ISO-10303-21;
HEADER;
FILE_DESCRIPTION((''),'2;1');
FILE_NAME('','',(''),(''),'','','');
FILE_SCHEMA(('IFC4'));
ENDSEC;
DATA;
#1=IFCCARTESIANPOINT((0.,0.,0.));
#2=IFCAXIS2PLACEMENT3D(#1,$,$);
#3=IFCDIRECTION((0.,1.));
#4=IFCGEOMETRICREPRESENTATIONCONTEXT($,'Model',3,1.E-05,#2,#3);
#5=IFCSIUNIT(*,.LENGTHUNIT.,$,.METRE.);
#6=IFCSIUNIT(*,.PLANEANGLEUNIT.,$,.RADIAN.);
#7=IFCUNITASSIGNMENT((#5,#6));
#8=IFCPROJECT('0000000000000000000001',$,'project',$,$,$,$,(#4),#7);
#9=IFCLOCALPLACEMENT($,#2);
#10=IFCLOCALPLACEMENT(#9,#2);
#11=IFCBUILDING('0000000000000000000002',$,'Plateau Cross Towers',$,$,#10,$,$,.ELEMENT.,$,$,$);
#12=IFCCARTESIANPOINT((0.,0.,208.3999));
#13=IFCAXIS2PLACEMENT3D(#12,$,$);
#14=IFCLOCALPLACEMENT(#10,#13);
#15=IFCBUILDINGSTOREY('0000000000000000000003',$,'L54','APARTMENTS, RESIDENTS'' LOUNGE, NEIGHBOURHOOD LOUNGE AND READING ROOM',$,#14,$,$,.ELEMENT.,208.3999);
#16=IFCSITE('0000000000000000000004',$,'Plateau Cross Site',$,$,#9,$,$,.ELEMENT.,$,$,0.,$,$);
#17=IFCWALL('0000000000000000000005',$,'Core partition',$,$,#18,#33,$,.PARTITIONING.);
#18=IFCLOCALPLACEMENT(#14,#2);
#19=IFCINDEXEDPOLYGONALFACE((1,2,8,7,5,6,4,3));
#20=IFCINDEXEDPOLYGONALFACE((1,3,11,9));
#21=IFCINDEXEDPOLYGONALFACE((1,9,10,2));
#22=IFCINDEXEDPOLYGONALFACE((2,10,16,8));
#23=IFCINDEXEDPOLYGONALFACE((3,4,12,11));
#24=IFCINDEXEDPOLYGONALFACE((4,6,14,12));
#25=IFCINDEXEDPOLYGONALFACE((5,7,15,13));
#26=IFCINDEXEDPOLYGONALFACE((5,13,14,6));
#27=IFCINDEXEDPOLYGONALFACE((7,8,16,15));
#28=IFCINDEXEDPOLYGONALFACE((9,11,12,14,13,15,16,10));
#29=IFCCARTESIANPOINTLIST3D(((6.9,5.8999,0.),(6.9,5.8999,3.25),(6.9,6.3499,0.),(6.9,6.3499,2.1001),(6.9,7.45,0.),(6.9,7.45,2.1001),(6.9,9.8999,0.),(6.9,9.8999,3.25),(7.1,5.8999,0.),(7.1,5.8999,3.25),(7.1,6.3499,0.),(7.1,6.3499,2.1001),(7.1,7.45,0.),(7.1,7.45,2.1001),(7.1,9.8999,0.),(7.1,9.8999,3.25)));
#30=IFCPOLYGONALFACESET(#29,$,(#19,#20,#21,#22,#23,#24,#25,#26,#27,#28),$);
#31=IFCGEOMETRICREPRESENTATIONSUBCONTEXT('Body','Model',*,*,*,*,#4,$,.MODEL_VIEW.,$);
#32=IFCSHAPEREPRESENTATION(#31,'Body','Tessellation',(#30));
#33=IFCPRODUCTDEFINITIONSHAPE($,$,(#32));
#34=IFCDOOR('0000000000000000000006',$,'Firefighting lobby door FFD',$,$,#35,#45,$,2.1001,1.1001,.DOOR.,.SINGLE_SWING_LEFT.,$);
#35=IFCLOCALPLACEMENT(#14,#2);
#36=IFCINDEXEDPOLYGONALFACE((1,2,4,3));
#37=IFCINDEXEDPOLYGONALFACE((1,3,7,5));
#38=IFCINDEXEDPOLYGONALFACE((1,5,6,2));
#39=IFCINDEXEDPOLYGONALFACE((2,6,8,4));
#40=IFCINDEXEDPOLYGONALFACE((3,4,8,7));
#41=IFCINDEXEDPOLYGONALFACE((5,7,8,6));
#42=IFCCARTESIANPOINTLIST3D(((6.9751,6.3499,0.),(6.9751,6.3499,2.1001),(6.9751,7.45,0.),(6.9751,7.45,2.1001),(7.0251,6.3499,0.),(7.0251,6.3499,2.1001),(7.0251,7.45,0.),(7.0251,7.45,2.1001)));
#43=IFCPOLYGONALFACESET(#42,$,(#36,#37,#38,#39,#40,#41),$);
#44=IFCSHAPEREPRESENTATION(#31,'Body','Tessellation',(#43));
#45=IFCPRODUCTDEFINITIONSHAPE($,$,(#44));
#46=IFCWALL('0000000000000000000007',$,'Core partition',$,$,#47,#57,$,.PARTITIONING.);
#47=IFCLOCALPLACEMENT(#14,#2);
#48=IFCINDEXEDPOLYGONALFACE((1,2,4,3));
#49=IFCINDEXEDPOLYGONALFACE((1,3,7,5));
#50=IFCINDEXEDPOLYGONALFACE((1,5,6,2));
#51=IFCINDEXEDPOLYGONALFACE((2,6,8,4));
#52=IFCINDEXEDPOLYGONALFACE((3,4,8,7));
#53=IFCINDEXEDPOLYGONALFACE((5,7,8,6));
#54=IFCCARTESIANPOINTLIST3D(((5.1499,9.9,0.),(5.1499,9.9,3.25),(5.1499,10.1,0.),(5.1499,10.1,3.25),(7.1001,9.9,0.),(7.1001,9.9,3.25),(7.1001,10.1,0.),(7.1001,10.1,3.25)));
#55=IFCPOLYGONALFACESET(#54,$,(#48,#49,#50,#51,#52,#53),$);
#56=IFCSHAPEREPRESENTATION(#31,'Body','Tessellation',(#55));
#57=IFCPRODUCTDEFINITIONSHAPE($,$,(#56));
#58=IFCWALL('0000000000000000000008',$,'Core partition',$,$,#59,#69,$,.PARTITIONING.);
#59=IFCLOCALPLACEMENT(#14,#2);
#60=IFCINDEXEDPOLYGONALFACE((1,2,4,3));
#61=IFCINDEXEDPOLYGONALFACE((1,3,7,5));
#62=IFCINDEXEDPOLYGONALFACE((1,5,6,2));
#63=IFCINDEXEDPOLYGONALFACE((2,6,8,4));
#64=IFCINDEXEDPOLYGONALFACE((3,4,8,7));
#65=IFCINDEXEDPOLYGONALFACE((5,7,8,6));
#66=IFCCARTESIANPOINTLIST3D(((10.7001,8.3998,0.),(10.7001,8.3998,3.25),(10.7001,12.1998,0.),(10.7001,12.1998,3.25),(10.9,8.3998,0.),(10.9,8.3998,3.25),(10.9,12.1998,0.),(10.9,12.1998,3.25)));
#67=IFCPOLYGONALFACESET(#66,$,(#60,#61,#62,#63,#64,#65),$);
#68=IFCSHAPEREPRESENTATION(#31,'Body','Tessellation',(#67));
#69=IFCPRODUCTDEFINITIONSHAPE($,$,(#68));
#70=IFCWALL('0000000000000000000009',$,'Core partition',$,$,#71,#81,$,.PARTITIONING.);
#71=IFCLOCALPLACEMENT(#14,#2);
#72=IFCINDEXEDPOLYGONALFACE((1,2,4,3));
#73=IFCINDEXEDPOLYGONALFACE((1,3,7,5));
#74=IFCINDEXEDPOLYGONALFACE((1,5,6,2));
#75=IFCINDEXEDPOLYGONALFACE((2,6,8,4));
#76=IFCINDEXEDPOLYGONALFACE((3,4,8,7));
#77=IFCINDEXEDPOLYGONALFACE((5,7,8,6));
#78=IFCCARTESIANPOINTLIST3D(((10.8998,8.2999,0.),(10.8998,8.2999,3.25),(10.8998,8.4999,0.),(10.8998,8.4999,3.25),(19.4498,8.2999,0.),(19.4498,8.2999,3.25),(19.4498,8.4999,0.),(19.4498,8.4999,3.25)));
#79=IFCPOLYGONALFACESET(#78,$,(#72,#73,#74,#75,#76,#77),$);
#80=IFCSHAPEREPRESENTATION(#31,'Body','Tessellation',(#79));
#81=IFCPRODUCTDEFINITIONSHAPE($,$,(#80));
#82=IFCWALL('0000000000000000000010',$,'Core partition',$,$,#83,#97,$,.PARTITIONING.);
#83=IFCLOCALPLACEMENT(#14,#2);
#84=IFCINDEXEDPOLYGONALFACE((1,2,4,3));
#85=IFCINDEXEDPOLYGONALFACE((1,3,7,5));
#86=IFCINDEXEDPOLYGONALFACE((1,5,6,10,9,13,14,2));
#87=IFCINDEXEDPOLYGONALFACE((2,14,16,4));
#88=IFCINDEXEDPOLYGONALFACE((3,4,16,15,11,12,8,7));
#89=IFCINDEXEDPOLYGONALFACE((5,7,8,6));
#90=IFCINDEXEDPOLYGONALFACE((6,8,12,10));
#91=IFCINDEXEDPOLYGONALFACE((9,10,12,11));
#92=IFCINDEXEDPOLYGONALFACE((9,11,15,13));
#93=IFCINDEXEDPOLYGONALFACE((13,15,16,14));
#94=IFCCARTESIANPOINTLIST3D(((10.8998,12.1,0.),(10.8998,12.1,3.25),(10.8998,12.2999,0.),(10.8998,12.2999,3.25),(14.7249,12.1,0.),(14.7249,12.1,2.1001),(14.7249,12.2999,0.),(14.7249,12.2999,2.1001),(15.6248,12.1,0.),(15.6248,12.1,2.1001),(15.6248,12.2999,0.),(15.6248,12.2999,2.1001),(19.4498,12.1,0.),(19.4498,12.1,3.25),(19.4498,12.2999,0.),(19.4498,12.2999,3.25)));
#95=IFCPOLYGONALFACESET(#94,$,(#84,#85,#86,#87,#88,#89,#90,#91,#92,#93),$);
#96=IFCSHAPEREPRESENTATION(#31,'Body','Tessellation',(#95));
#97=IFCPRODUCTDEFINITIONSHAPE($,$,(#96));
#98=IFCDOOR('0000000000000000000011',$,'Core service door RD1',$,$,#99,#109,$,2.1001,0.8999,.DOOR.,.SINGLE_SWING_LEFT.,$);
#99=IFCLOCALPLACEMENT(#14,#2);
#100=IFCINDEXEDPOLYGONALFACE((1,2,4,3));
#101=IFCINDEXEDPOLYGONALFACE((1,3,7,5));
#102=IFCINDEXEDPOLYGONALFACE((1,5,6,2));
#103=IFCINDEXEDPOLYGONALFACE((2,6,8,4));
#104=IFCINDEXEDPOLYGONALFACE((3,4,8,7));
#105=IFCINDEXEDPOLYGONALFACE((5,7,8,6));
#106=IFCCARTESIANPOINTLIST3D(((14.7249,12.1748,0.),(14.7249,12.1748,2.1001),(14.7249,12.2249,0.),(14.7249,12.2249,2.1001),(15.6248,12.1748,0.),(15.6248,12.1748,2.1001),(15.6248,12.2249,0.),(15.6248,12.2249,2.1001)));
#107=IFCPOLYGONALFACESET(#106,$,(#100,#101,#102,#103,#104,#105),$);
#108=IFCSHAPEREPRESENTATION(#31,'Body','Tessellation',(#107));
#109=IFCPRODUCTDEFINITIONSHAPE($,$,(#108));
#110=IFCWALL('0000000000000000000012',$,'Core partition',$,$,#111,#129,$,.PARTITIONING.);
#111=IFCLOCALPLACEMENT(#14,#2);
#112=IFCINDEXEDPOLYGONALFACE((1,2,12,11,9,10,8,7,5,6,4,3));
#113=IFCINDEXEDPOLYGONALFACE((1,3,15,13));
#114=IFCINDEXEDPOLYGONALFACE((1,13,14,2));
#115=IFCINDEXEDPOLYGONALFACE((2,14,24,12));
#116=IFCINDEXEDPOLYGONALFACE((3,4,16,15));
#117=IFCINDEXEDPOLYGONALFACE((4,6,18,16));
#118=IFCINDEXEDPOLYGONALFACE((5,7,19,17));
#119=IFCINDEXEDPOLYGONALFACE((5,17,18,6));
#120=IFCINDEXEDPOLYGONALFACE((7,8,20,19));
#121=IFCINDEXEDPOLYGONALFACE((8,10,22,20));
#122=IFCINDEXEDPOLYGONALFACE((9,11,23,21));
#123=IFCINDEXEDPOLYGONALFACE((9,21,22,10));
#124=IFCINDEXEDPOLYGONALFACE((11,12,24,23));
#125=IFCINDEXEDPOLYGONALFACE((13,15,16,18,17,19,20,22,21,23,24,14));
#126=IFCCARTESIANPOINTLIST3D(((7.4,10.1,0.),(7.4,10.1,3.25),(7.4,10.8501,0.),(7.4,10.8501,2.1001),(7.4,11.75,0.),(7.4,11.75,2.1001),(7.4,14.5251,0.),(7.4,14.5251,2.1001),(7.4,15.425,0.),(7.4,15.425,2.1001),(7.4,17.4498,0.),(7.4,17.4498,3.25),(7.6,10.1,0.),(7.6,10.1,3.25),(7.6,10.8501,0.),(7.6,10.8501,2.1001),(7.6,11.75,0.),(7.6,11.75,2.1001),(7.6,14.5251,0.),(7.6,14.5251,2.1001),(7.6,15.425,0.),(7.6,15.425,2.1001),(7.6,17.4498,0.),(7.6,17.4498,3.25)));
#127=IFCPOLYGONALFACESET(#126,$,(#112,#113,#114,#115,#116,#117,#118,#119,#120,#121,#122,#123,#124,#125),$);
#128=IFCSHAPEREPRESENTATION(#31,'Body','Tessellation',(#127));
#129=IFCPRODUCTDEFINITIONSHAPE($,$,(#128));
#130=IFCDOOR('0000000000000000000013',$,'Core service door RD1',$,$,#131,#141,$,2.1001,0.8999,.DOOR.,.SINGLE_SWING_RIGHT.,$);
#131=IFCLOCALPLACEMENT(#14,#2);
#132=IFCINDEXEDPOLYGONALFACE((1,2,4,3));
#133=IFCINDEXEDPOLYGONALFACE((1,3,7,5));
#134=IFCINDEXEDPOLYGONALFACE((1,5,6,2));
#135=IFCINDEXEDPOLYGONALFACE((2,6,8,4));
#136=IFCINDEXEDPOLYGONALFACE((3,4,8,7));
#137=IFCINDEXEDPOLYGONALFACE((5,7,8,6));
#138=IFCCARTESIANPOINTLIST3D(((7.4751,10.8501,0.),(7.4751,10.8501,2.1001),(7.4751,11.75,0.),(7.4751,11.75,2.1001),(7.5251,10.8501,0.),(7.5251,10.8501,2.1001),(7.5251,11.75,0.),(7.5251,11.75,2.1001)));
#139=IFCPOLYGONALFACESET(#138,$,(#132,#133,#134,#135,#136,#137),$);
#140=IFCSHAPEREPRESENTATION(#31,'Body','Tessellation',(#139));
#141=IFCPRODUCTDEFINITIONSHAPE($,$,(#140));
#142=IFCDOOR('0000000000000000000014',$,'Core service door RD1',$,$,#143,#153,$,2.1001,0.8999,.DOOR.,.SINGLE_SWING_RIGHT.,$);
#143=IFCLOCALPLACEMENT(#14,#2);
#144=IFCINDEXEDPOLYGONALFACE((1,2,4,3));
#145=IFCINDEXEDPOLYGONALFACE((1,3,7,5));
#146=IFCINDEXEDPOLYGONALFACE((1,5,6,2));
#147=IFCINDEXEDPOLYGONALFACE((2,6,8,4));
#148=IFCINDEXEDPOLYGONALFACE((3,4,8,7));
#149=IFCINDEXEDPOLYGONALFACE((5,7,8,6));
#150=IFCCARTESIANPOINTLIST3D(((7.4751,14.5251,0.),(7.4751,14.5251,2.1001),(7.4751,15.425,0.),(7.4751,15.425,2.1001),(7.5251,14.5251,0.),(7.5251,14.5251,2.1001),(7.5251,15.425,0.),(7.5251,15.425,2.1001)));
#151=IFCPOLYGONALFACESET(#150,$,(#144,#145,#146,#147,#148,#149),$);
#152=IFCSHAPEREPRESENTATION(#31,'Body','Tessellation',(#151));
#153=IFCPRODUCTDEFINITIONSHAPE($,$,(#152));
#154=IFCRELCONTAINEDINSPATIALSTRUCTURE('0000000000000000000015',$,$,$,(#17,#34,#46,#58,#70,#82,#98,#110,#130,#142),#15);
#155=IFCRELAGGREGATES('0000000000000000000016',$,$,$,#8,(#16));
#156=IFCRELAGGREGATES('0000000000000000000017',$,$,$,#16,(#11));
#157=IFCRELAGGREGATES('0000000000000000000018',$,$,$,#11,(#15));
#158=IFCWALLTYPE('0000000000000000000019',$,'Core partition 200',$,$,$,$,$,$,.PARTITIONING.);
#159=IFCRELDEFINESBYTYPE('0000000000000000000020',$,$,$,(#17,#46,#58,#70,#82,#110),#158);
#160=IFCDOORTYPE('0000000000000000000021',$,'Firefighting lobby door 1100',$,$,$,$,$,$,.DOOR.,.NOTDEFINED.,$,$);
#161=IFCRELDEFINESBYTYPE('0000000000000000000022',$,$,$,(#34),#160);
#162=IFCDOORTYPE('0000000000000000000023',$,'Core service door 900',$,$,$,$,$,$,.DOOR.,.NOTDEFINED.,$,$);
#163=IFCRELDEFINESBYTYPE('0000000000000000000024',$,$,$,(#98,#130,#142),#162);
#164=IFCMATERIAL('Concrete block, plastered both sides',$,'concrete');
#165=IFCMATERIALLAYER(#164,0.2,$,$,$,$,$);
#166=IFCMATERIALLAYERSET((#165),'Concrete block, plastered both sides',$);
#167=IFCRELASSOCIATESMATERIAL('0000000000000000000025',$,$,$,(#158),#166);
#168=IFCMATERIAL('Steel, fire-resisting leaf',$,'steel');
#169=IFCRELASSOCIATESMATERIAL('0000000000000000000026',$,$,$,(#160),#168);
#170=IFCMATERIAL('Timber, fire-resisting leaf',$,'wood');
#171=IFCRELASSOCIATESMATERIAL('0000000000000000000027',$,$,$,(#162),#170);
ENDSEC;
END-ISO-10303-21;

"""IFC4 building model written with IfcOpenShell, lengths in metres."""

from ifc_helpers import new_model, si_unit, direction, frame, frame_2d, origin, place, context, subcontext, project, spatial, rectangle, extrude, material, layer, layer_set, type_object, element, fill, save


model = new_model("IFC4")

# Units and contexts
model_context = context("Model", 3, precision=1e-05, world=origin(), true_north=direction((0.0, 1.0)))
body_context = subcontext(model_context, "Body", "Model", "MODEL_VIEW")
ifc_project = project(units=[si_unit("LENGTHUNIT", "METRE"), si_unit("PLANEANGLEUNIT", "RADIAN")], contexts=[model_context])

# Site, building, storey
site_placement = place(None, origin())
site = spatial("IfcSite", under=ifc_project, at=site_placement, Name="Plateau Cross Site", CompositionType="ELEMENT", RefElevation=0.0)
building_placement = place(site_placement, origin())
building = spatial("IfcBuilding", under=site, at=building_placement, Name="Plateau Cross Towers", CompositionType="ELEMENT")
storey_placement = place(building_placement, frame((0.0, 0.0, 208.3999)))
storey = spatial("IfcBuildingStorey", under=building, at=storey_placement, Name="L54", Description="APARTMENTS, RESIDENTS' LOUNGE, NEIGHBOURHOOD LOUNGE AND READING ROOM", CompositionType="ELEMENT", Elevation=208.3999)

# Wall, opening, door
ifc_material_1 = material(Name="Concrete block, plastered both sides", Category="concrete")
ifc_layer = layer(ifc_material_1, 0.2)
ifc_layer_set = layer_set([ifc_layer], Name="Concrete block, plastered both sides")
wall_type = type_object("IfcWallType", Name="Core partition 200", PredefinedType="PARTITIONING", material=ifc_layer_set)
wall_1_placement = place(storey_placement, frame((7.0, 5.8999, 0.0), z_axis=(0.0, 0.0, 1.0), x_axis=(0.0, 1.0, 0.0)))
wall_1 = element("IfcWall", 1, at=wall_1_placement, inside=storey, type_object=wall_type, Name="Core partition", PredefinedType="PARTITIONING", context=body_context, shape_type="SweptSolid", body=[
    extrude(rectangle(XDim=4.0, YDim=0.2, at=frame_2d((2.0, 0.0))), origin(), (0.0, 0.0, 1.0), 3.25),
])
opening_1_placement = place(wall_1_placement, frame((0.45, 0.0, 0.0)))
opening_1 = element("IfcOpeningElement", 2, at=opening_1_placement, cuts=wall_1, PredefinedType="OPENING", context=body_context, shape_type="SweptSolid", body=[
    extrude(rectangle(XDim=1.1001, YDim=2.1001, at=frame_2d((0.55, 1.05))), frame((0.0, 0.1099, 0.0), z_axis=(0.0, -1.0, 0.0), x_axis=(1.0, 0.0, 0.0)), (0.0, 0.0, 1.0), 0.22),
])
ifc_material_2 = material(Name="Steel, fire-resisting leaf", Category="steel")
door_type_1 = type_object("IfcDoorType", Name="Firefighting lobby door 1100", OperationType="NOTDEFINED", PredefinedType="DOOR", material=ifc_material_2)
door_1_placement = place(opening_1_placement, origin())
door_1 = element("IfcDoor", 3, at=door_1_placement, inside=storey, type_object=door_type_1, Name="Firefighting lobby door FFD", OperationType="SINGLE_SWING_LEFT", OverallHeight=2.1001, OverallWidth=1.1001, PredefinedType="DOOR", context=body_context, shape_type="SweptSolid", body=[
    extrude(rectangle(XDim=1.1001, YDim=2.1001, at=frame_2d((0.55, 1.05))), frame((0.0, 0.0249, 0.0), z_axis=(0.0, -1.0, 0.0), x_axis=(1.0, 0.0, 0.0)), (0.0, 0.0, 1.0), 0.05),
])
fill(opening_1, door_1)

# Walls
wall_2_placement = place(storey_placement, frame((5.1499, 10.0, 0.0), z_axis=(0.0, 0.0, 1.0), x_axis=(1.0, 0.0, 0.0)))
element("IfcWall", 4, at=wall_2_placement, inside=storey, type_object=wall_type, Name="Core partition", PredefinedType="PARTITIONING", context=body_context, shape_type="SweptSolid", body=[
    extrude(rectangle(XDim=1.9502, YDim=0.2, at=frame_2d((0.9751, 0.0))), origin(), (0.0, 0.0, 1.0), 3.25),
])
wall_3_placement = place(storey_placement, frame((10.8, 8.3999, 0.0), z_axis=(0.0, 0.0, 1.0), x_axis=(0.0, 1.0, 0.0)))
element("IfcWall", 5, at=wall_3_placement, inside=storey, type_object=wall_type, Name="Core partition", PredefinedType="PARTITIONING", context=body_context, shape_type="SweptSolid", body=[
    extrude(rectangle(XDim=3.8, YDim=0.2, at=frame_2d((1.8999, 0.0))), origin(), (0.0, 0.0, 1.0), 3.25),
])
wall_4_placement = place(storey_placement, frame((10.8999, 8.3999, 0.0), z_axis=(0.0, 0.0, 1.0), x_axis=(1.0, 0.0, 0.0)))
element("IfcWall", 6, at=wall_4_placement, inside=storey, type_object=wall_type, Name="Core partition", PredefinedType="PARTITIONING", context=body_context, shape_type="SweptSolid", body=[
    extrude(rectangle(XDim=8.55, YDim=0.2, at=frame_2d((4.2749, 0.0))), origin(), (0.0, 0.0, 1.0), 3.25),
])

# Wall, opening, door
wall_5_placement = place(storey_placement, frame((10.8999, 12.2, 0.0), z_axis=(0.0, 0.0, 1.0), x_axis=(1.0, 0.0, 0.0)))
wall_5 = element("IfcWall", 7, at=wall_5_placement, inside=storey, type_object=wall_type, Name="Core partition", PredefinedType="PARTITIONING", context=body_context, shape_type="SweptSolid", body=[
    extrude(rectangle(XDim=8.55, YDim=0.2, at=frame_2d((4.2749, 0.0))), origin(), (0.0, 0.0, 1.0), 3.25),
])
opening_2_placement = place(wall_5_placement, frame((3.825, 0.0, 0.0)))
opening_2 = element("IfcOpeningElement", 8, at=opening_2_placement, cuts=wall_5, PredefinedType="OPENING", context=body_context, shape_type="SweptSolid", body=[
    extrude(rectangle(XDim=0.8999, YDim=2.1001, at=frame_2d((0.45, 1.05))), frame((0.0, 0.1099, 0.0), z_axis=(0.0, -1.0, 0.0), x_axis=(1.0, 0.0, 0.0)), (0.0, 0.0, 1.0), 0.22),
])
ifc_material_3 = material(Name="Timber, fire-resisting leaf", Category="wood")
door_type_2 = type_object("IfcDoorType", Name="Core service door 900", OperationType="NOTDEFINED", PredefinedType="DOOR", material=ifc_material_3)
door_2_placement = place(opening_2_placement, origin())
door_2 = element("IfcDoor", 9, at=door_2_placement, inside=storey, type_object=door_type_2, Name="Core service door RD1", OperationType="SINGLE_SWING_LEFT", OverallHeight=2.1001, OverallWidth=0.8999, PredefinedType="DOOR", context=body_context, shape_type="SweptSolid", body=[
    extrude(rectangle(XDim=0.8999, YDim=2.1001, at=frame_2d((0.45, 1.05))), frame((0.0, 0.0249, 0.0), z_axis=(0.0, -1.0, 0.0), x_axis=(1.0, 0.0, 0.0)), (0.0, 0.0, 1.0), 0.05),
])
fill(opening_2, door_2)

# Wall, openings, doors
wall_6_placement = place(storey_placement, frame((7.5, 10.1001, 0.0), z_axis=(0.0, 0.0, 1.0), x_axis=(0.0, 1.0, 0.0)))
wall_6 = element("IfcWall", 10, at=wall_6_placement, inside=storey, type_object=wall_type, Name="Core partition", PredefinedType="PARTITIONING", context=body_context, shape_type="SweptSolid", body=[
    extrude(rectangle(XDim=7.3499, YDim=0.2, at=frame_2d((3.6748, 0.0))), origin(), (0.0, 0.0, 1.0), 3.25),
])
opening_3_placement = place(wall_6_placement, frame((0.75, 0.0, 0.0)))
opening_3 = element("IfcOpeningElement", 11, at=opening_3_placement, cuts=wall_6, PredefinedType="OPENING", context=body_context, shape_type="SweptSolid", body=[
    extrude(rectangle(XDim=0.8999, YDim=2.1001, at=frame_2d((0.45, 1.05))), frame((0.0, 0.1099, 0.0), z_axis=(0.0, -1.0, 0.0), x_axis=(1.0, 0.0, 0.0)), (0.0, 0.0, 1.0), 0.22),
])
opening_4_placement = place(wall_6_placement, frame((4.425, 0.0, 0.0)))
opening_4 = element("IfcOpeningElement", 12, at=opening_4_placement, cuts=wall_6, PredefinedType="OPENING", context=body_context, shape_type="SweptSolid", body=[
    extrude(rectangle(XDim=0.8999, YDim=2.1001, at=frame_2d((0.45, 1.05))), frame((0.0, 0.1099, 0.0), z_axis=(0.0, -1.0, 0.0), x_axis=(1.0, 0.0, 0.0)), (0.0, 0.0, 1.0), 0.22),
])
door_3_placement = place(opening_3_placement, origin())
door_3 = element("IfcDoor", 13, at=door_3_placement, inside=storey, type_object=door_type_2, Name="Core service door RD1", OperationType="SINGLE_SWING_RIGHT", OverallHeight=2.1001, OverallWidth=0.8999, PredefinedType="DOOR", context=body_context, shape_type="SweptSolid", body=[
    extrude(rectangle(XDim=0.8999, YDim=2.1001, at=frame_2d((0.45, 1.05))), frame((0.0, 0.0249, 0.0), z_axis=(0.0, -1.0, 0.0), x_axis=(1.0, 0.0, 0.0)), (0.0, 0.0, 1.0), 0.05),
])
fill(opening_3, door_3)
door_4_placement = place(opening_4_placement, origin())
door_4 = element("IfcDoor", 14, at=door_4_placement, inside=storey, type_object=door_type_2, Name="Core service door RD1", OperationType="SINGLE_SWING_RIGHT", OverallHeight=2.1001, OverallWidth=0.8999, PredefinedType="DOOR", context=body_context, shape_type="SweptSolid", body=[
    extrude(rectangle(XDim=0.8999, YDim=2.1001, at=frame_2d((0.45, 1.05))), frame((0.0, 0.0249, 0.0), z_axis=(0.0, -1.0, 0.0), x_axis=(1.0, 0.0, 0.0)), (0.0, 0.0, 1.0), 0.05),
])
fill(opening_4, door_4)

save(model, "model.ifc")
